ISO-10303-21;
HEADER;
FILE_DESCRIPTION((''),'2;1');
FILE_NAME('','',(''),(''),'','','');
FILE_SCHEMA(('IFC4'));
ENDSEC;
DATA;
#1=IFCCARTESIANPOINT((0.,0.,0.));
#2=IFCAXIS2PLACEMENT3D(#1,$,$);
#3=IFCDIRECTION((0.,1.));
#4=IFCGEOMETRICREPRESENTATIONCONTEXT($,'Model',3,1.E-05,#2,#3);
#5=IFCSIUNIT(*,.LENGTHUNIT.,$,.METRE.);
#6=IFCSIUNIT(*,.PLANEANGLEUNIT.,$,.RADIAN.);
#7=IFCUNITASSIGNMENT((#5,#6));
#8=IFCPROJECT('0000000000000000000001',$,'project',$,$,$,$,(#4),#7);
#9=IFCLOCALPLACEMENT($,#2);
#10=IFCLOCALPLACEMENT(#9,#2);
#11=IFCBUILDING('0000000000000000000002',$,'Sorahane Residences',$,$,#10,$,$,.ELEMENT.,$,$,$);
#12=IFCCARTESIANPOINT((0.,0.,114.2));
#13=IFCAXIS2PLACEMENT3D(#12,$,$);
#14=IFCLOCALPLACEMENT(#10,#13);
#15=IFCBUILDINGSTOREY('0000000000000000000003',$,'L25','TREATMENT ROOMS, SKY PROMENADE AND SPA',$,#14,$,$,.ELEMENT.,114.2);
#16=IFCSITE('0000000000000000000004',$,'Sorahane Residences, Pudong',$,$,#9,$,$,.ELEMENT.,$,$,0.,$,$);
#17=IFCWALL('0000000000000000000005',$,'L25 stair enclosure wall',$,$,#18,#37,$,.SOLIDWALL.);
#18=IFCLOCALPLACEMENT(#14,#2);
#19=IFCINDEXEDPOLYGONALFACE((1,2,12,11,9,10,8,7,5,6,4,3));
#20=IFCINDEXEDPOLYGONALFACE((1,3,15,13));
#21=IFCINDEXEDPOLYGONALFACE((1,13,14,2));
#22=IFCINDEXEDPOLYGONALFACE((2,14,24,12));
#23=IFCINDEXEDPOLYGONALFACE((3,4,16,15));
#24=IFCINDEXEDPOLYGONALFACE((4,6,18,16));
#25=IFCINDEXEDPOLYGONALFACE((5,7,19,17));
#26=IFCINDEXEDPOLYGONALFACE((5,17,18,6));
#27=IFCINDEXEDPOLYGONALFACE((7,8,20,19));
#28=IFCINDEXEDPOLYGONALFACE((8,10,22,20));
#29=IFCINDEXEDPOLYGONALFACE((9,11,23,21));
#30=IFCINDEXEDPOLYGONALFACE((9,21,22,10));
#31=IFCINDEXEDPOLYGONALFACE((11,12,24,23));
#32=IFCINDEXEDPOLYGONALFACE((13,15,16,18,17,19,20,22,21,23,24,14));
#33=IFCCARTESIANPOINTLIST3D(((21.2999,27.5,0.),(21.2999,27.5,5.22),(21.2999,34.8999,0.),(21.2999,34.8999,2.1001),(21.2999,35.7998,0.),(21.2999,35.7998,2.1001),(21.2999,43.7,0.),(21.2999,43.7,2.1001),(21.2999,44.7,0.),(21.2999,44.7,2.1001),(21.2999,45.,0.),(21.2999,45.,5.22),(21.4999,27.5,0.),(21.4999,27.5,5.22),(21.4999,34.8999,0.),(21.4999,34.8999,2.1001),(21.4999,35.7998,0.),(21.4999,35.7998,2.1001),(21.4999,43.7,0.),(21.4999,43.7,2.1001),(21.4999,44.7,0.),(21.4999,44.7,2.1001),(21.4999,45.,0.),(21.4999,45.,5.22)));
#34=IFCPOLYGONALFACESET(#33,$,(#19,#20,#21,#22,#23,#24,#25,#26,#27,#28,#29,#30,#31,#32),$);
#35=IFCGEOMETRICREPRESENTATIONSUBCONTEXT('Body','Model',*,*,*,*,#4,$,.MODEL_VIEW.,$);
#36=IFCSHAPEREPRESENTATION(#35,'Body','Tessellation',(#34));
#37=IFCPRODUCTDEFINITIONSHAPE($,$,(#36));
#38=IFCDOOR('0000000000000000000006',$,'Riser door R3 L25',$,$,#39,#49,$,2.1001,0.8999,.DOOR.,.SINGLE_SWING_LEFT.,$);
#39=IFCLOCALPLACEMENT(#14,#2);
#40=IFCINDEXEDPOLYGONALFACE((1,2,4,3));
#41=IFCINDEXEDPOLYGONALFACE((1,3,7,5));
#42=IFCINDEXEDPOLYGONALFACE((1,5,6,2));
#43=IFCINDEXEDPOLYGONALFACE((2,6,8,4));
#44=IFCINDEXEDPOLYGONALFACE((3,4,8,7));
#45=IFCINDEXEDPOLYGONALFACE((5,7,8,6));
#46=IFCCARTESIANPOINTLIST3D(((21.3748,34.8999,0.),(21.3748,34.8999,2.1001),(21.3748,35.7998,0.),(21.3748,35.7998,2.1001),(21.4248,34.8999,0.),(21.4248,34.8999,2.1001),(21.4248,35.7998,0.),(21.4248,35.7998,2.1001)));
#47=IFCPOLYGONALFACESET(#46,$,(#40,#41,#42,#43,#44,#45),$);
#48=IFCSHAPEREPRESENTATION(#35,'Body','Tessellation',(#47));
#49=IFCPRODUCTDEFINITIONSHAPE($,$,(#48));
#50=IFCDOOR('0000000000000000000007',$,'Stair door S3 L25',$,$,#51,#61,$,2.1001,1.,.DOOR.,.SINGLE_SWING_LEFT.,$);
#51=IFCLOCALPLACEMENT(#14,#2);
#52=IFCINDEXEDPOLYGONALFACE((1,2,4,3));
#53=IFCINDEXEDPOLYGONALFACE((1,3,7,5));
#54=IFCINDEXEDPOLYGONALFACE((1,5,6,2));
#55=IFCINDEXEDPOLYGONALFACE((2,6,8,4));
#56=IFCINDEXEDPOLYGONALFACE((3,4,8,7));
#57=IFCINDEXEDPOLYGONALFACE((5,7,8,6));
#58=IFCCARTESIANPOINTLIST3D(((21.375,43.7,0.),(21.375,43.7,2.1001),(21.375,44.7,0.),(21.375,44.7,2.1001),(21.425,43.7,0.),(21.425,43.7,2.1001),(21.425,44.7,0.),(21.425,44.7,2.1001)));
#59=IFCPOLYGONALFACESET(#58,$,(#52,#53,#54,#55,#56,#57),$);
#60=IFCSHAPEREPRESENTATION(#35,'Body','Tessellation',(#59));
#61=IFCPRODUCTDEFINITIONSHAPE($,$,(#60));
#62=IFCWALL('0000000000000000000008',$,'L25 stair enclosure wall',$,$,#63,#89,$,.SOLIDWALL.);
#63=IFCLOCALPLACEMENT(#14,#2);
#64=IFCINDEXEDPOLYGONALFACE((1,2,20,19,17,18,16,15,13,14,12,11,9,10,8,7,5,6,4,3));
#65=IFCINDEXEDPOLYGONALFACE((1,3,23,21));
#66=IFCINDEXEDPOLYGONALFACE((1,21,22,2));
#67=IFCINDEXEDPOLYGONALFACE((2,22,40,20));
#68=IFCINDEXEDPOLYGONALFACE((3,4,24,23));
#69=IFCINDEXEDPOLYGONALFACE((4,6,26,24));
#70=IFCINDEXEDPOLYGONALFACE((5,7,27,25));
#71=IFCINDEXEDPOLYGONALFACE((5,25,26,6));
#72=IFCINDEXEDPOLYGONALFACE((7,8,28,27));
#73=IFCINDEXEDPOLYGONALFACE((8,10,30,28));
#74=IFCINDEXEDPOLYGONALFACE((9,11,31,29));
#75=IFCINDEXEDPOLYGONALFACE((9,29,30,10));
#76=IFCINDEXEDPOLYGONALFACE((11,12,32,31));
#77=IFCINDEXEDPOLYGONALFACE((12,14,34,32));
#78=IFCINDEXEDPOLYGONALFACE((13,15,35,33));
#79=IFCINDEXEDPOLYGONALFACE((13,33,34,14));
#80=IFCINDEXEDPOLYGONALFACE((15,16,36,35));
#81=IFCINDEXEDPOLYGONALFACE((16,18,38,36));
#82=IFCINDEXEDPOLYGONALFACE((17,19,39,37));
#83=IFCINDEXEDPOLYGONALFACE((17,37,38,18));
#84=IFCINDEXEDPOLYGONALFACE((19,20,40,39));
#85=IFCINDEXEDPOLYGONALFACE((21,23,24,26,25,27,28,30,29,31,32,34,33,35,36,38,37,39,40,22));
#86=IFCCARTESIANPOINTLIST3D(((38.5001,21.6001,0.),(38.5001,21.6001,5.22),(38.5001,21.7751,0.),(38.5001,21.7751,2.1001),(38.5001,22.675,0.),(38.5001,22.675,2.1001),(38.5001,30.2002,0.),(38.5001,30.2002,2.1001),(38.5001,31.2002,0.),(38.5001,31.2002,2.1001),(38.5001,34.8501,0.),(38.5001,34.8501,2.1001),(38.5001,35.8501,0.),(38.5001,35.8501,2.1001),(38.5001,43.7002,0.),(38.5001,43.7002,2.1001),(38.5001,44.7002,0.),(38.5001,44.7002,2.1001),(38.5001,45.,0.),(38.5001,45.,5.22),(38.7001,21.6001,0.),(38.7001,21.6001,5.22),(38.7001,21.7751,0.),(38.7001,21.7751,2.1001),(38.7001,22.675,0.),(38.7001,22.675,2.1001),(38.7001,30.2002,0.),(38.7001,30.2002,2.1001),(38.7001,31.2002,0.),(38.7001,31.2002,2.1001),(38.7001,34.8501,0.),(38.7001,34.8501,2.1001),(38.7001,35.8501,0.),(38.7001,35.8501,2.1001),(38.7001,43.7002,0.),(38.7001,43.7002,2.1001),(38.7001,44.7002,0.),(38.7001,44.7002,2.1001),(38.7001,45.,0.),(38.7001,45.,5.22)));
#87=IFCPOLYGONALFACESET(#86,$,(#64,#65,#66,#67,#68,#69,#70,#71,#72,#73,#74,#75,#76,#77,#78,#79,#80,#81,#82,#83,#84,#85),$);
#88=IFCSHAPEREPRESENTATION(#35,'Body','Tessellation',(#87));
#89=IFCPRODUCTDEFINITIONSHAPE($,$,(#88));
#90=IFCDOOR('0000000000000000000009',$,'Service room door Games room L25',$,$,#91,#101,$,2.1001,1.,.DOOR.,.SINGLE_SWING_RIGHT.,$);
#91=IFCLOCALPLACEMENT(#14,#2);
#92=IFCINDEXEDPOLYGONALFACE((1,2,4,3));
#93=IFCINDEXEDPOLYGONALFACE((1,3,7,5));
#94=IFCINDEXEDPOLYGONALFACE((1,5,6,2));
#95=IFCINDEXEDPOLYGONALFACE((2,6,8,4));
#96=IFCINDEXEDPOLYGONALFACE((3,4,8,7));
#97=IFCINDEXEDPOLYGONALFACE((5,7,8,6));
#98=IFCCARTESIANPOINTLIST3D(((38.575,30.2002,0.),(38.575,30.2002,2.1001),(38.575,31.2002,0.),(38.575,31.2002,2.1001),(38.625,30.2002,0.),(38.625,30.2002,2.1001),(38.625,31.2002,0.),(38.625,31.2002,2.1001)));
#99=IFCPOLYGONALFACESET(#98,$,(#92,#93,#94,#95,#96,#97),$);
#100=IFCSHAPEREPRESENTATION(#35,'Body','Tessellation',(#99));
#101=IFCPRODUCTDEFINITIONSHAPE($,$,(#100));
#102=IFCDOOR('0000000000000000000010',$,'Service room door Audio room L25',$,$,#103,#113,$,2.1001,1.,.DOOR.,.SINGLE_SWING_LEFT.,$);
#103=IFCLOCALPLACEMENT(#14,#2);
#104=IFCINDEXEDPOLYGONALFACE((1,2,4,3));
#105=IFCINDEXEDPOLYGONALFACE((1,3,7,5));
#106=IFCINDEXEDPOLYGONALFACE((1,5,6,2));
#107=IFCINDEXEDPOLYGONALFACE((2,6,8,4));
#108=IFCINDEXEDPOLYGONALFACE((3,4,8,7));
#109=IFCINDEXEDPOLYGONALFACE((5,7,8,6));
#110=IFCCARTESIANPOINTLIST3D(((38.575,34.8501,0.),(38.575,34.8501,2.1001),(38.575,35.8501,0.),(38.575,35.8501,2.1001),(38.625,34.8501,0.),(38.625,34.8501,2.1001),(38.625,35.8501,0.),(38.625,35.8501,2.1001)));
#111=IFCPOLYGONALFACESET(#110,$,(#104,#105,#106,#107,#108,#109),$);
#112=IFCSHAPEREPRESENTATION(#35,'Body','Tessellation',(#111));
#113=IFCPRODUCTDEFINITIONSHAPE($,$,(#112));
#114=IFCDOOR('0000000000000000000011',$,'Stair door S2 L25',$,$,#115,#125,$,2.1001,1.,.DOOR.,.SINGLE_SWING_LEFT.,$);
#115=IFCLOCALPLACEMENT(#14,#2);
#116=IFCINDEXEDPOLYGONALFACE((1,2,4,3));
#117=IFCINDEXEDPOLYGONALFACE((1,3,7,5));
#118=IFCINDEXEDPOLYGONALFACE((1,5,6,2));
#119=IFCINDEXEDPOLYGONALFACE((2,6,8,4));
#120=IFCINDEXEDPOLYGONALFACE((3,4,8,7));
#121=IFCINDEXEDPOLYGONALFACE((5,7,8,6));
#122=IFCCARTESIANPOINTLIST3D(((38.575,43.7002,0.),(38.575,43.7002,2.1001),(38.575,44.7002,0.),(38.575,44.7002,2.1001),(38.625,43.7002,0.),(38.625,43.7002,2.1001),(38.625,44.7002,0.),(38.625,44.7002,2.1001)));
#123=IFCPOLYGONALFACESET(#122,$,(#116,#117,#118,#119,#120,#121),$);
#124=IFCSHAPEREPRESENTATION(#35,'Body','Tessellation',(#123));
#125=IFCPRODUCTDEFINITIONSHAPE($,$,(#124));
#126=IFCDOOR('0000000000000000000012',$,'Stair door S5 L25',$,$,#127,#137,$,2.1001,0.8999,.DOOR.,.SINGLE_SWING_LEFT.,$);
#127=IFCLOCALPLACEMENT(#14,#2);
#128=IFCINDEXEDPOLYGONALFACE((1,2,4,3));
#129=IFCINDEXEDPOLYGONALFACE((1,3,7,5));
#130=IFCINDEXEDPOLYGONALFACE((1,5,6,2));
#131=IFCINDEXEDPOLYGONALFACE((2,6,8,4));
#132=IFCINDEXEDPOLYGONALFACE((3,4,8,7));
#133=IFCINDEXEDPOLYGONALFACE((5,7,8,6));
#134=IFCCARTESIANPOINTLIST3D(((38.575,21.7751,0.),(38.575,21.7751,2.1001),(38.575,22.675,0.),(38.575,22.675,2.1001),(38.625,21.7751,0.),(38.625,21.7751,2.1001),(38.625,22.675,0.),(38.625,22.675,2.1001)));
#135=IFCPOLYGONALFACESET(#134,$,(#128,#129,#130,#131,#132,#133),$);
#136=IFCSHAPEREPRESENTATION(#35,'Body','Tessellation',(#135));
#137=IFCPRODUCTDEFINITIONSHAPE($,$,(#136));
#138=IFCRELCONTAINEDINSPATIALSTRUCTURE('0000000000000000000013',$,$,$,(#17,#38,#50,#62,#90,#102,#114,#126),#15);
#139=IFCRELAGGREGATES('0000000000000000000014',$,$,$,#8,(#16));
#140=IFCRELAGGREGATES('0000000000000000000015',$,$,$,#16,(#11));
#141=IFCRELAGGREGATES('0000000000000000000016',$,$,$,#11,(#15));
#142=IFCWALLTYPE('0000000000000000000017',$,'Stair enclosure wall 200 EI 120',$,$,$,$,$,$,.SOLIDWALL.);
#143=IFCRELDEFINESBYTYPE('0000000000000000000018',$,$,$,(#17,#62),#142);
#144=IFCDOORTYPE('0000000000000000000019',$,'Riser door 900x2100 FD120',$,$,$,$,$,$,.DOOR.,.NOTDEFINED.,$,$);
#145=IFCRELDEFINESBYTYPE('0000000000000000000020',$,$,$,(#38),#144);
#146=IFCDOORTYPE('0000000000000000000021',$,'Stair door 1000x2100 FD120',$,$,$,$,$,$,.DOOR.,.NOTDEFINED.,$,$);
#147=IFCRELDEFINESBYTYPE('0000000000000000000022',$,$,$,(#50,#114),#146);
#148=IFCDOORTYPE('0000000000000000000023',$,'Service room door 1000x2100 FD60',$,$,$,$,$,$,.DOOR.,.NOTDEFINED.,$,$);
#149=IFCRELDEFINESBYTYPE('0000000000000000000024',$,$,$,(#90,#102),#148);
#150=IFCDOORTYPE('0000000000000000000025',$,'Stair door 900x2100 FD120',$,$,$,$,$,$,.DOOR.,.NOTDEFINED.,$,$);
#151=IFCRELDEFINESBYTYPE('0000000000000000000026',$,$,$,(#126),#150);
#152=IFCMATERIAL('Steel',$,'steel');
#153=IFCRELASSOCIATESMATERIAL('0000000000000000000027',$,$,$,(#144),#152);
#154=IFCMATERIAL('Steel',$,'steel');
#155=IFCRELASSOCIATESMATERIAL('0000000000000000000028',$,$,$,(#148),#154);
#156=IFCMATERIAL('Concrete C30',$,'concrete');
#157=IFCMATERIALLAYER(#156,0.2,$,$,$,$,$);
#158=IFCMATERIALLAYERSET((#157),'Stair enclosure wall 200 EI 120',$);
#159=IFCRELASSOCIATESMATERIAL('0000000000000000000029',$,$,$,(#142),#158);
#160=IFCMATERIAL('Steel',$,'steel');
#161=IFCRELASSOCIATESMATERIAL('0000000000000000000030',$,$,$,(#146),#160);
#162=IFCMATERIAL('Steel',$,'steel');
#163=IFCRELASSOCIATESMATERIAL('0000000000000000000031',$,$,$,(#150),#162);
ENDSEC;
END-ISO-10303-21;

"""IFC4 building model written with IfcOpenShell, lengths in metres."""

from ifc_helpers import new_model, si_unit, direction, frame, frame_2d, origin, place, context, subcontext, project, spatial, rectangle, extrude, material, layer, layer_set, type_object, element, fill, save


model = new_model("IFC4")

# Units and contexts
model_context = context("Model", 3, precision=1e-05, world=origin(), true_north=direction((0.0, 1.0)))
body_context = subcontext(model_context, "Body", "Model", "MODEL_VIEW")
ifc_project = project(units=[si_unit("LENGTHUNIT", "METRE"), si_unit("PLANEANGLEUNIT", "RADIAN")], contexts=[model_context])

# Site, building, storey
site_placement = place(None, origin())
site = spatial("IfcSite", under=ifc_project, at=site_placement, Name="Sorahane Residences, Pudong", CompositionType="ELEMENT", RefElevation=0.0)
building_placement = place(site_placement, origin())
building = spatial("IfcBuilding", under=site, at=building_placement, Name="Sorahane Residences", CompositionType="ELEMENT")
storey_placement = place(building_placement, frame((0.0, 0.0, 114.2)))
storey = spatial("IfcBuildingStorey", under=building, at=storey_placement, Name="L25", Description="TREATMENT ROOMS, SKY PROMENADE AND SPA", CompositionType="ELEMENT", Elevation=114.2)

# Shared definitions
ifc_material_1 = material(Name="Steel", Category="steel")
door_type_1 = type_object("IfcDoorType", Name="Riser door 900x2100 FD120", OperationType="NOTDEFINED", PredefinedType="DOOR", material=ifc_material_1)
ifc_material_2 = material(Name="Steel", Category="steel")
door_type_2 = type_object("IfcDoorType", Name="Service room door 1000x2100 FD60", OperationType="NOTDEFINED", PredefinedType="DOOR", material=ifc_material_2)

# Walls, openings, doors
ifc_material_3 = material(Name="Concrete C30", Category="concrete")
ifc_layer_1 = layer(ifc_material_3, 0.2)
ifc_layer_set_1 = layer_set([ifc_layer_1], Name="Stair enclosure wall 200 EI 120")
wall_type_1 = type_object("IfcWallType", Name="Stair enclosure wall 200 EI 120", PredefinedType="SOLIDWALL", material=ifc_layer_set_1)
wall_1_placement = place(storey_placement, frame((21.3999, 27.5, 0.0), z_axis=(0.0, 0.0, 1.0), x_axis=(0.0, 1.0, 0.0)))
wall_1 = element("IfcWall", 1, at=wall_1_placement, inside=storey, type_object=wall_type_1, Name="L25 stair enclosure wall", PredefinedType="SOLIDWALL", context=body_context, shape_type="SweptSolid", body=[
    extrude(rectangle(XDim=17.5, YDim=0.2, at=frame_2d((8.75, 0.0))), origin(), (0.0, 0.0, 1.0), 5.22),
])
opening_1_placement = place(wall_1_placement, frame((16.2, 0.0, 0.0)))
opening_1 = element("IfcOpeningElement", 2, at=opening_1_placement, cuts=wall_1, PredefinedType="OPENING", context=body_context, shape_type="SweptSolid", body=[
    extrude(rectangle(XDim=1.0, YDim=2.1001, at=frame_2d((0.5, 1.05))), frame((0.0, 0.1099, 0.0), z_axis=(0.0, -1.0, 0.0), x_axis=(1.0, 0.0, 0.0)), (0.0, 0.0, 1.0), 0.22),
])
opening_2_placement = place(wall_1_placement, frame((7.3999, 0.0, 0.0)))
opening_2 = element("IfcOpeningElement", 3, at=opening_2_placement, cuts=wall_1, PredefinedType="OPENING", context=body_context, shape_type="SweptSolid", body=[
    extrude(rectangle(XDim=0.8999, YDim=2.1001, at=frame_2d((0.45, 1.05))), frame((0.0, 0.1099, 0.0), z_axis=(0.0, -1.0, 0.0), x_axis=(1.0, 0.0, 0.0)), (0.0, 0.0, 1.0), 0.22),
])
door_1_placement = place(opening_2_placement, frame((0.8999, 0.0, 0.0), z_axis=(0.0, 0.0, 1.0), x_axis=(-1.0, 0.0, 0.0)))
door_1 = element("IfcDoor", 4, at=door_1_placement, inside=storey, type_object=door_type_1, Name="Riser door R3 L25", OperationType="SINGLE_SWING_LEFT", OverallHeight=2.1001, OverallWidth=0.8999, PredefinedType="DOOR", context=body_context, shape_type="SweptSolid", body=[
    extrude(rectangle(XDim=0.8999, YDim=2.1001, at=frame_2d((0.45, 1.05))), frame((0.0, 0.0249, 0.0), z_axis=(0.0, -1.0, 0.0), x_axis=(1.0, 0.0, 0.0)), (0.0, 0.0, 1.0), 0.05),
])
fill(opening_2, door_1)
ifc_material_4 = material(Name="Steel", Category="steel")
door_type_3 = type_object("IfcDoorType", Name="Stair door 1000x2100 FD120", OperationType="NOTDEFINED", PredefinedType="DOOR", material=ifc_material_4)
door_2_placement = place(opening_1_placement, origin())
door_2 = element("IfcDoor", 5, at=door_2_placement, inside=storey, type_object=door_type_3, Name="Stair door S3 L25", OperationType="SINGLE_SWING_LEFT", OverallHeight=2.1001, OverallWidth=1.0, PredefinedType="DOOR", context=body_context, shape_type="SweptSolid", body=[
    extrude(rectangle(XDim=1.0, YDim=2.1001, at=frame_2d((0.5, 1.05))), frame((0.0, 0.0249, 0.0), z_axis=(0.0, -1.0, 0.0), x_axis=(1.0, 0.0, 0.0)), (0.0, 0.0, 1.0), 0.05),
])
fill(opening_1, door_2)
wall_2_placement = place(storey_placement, frame((38.6001, 21.6001, 0.0), z_axis=(0.0, 0.0, 1.0), x_axis=(0.0, 1.0, 0.0)))
wall_2 = element("IfcWall", 6, at=wall_2_placement, inside=storey, type_object=wall_type_1, Name="L25 stair enclosure wall", PredefinedType="SOLIDWALL", context=body_context, shape_type="SweptSolid", body=[
    extrude(rectangle(XDim=23.3999, YDim=0.2, at=frame_2d((11.7, 0.0))), origin(), (0.0, 0.0, 1.0), 5.22),
])
opening_3_placement = place(wall_2_placement, frame((8.6001, 0.0, 0.0)))
opening_3 = element("IfcOpeningElement", 7, at=opening_3_placement, cuts=wall_2, PredefinedType="OPENING", context=body_context, shape_type="SweptSolid", body=[
    extrude(rectangle(XDim=1.0, YDim=2.1001, at=frame_2d((0.5, 1.05))), frame((0.0, 0.1099, 0.0), z_axis=(0.0, -1.0, 0.0), x_axis=(1.0, 0.0, 0.0)), (0.0, 0.0, 1.0), 0.22),
])
opening_4_placement = place(wall_2_placement, frame((13.25, 0.0, 0.0)))
opening_4 = element("IfcOpeningElement", 8, at=opening_4_placement, cuts=wall_2, PredefinedType="OPENING", context=body_context, shape_type="SweptSolid", body=[
    extrude(rectangle(XDim=1.0, YDim=2.1001, at=frame_2d((0.5, 1.05))), frame((0.0, 0.1099, 0.0), z_axis=(0.0, -1.0, 0.0), x_axis=(1.0, 0.0, 0.0)), (0.0, 0.0, 1.0), 0.22),
])
opening_5_placement = place(wall_2_placement, frame((22.1001, 0.0, 0.0)))
opening_5 = element("IfcOpeningElement", 9, at=opening_5_placement, cuts=wall_2, PredefinedType="OPENING", context=body_context, shape_type="SweptSolid", body=[
    extrude(rectangle(XDim=1.0, YDim=2.1001, at=frame_2d((0.5, 1.05))), frame((0.0, 0.1099, 0.0), z_axis=(0.0, -1.0, 0.0), x_axis=(1.0, 0.0, 0.0)), (0.0, 0.0, 1.0), 0.22),
])
opening_6_placement = place(wall_2_placement, frame((0.175, 0.0, 0.0)))
opening_6 = element("IfcOpeningElement", 10, at=opening_6_placement, cuts=wall_2, PredefinedType="OPENING", context=body_context, shape_type="SweptSolid", body=[
    extrude(rectangle(XDim=0.8999, YDim=2.1001, at=frame_2d((0.45, 1.05))), frame((0.0, 0.1099, 0.0), z_axis=(0.0, -1.0, 0.0), x_axis=(1.0, 0.0, 0.0)), (0.0, 0.0, 1.0), 0.22),
])
door_3_placement = place(opening_3_placement, frame((1.0, 0.0, 0.0), z_axis=(0.0, 0.0, 1.0), x_axis=(-1.0, 0.0, 0.0)))
door_3 = element("IfcDoor", 11, at=door_3_placement, inside=storey, type_object=door_type_2, Name="Service room door Games room L25", OperationType="SINGLE_SWING_RIGHT", OverallHeight=2.1001, OverallWidth=1.0, PredefinedType="DOOR", context=body_context, shape_type="SweptSolid", body=[
    extrude(rectangle(XDim=1.0, YDim=2.1001, at=frame_2d((0.5, 1.05))), frame((0.0, 0.0249, 0.0), z_axis=(0.0, -1.0, 0.0), x_axis=(1.0, 0.0, 0.0)), (0.0, 0.0, 1.0), 0.05),
])
fill(opening_3, door_3)
door_4_placement = place(opening_4_placement, frame((1.0, 0.0, 0.0), z_axis=(0.0, 0.0, 1.0), x_axis=(-1.0, 0.0, 0.0)))
door_4 = element("IfcDoor", 12, at=door_4_placement, inside=storey, type_object=door_type_2, Name="Service room door Audio room L25", OperationType="SINGLE_SWING_LEFT", OverallHeight=2.1001, OverallWidth=1.0, PredefinedType="DOOR", context=body_context, shape_type="SweptSolid", body=[
    extrude(rectangle(XDim=1.0, YDim=2.1001, at=frame_2d((0.5, 1.05))), frame((0.0, 0.0249, 0.0), z_axis=(0.0, -1.0, 0.0), x_axis=(1.0, 0.0, 0.0)), (0.0, 0.0, 1.0), 0.05),
])
fill(opening_4, door_4)
door_5_placement = place(opening_5_placement, frame((1.0, 0.0, 0.0), z_axis=(0.0, 0.0, 1.0), x_axis=(-1.0, 0.0, 0.0)))
door_5 = element("IfcDoor", 13, at=door_5_placement, inside=storey, type_object=door_type_3, Name="Stair door S2 L25", OperationType="SINGLE_SWING_LEFT", OverallHeight=2.1001, OverallWidth=1.0, PredefinedType="DOOR", context=body_context, shape_type="SweptSolid", body=[
    extrude(rectangle(XDim=1.0, YDim=2.1001, at=frame_2d((0.5, 1.05))), frame((0.0, 0.0249, 0.0), z_axis=(0.0, -1.0, 0.0), x_axis=(1.0, 0.0, 0.0)), (0.0, 0.0, 1.0), 0.05),
])
fill(opening_5, door_5)
ifc_material_5 = material(Name="Steel", Category="steel")
door_type_4 = type_object("IfcDoorType", Name="Stair door 900x2100 FD120", OperationType="NOTDEFINED", PredefinedType="DOOR", material=ifc_material_5)
door_6_placement = place(opening_6_placement, frame((0.8999, 0.0, 0.0), z_axis=(0.0, 0.0, 1.0), x_axis=(-1.0, 0.0, 0.0)))
door_6 = element("IfcDoor", 14, at=door_6_placement, inside=storey, type_object=door_type_4, Name="Stair door S5 L25", OperationType="SINGLE_SWING_LEFT", OverallHeight=2.1001, OverallWidth=0.8999, PredefinedType="DOOR", context=body_context, shape_type="SweptSolid", body=[
    extrude(rectangle(XDim=0.8999, YDim=2.1001, at=frame_2d((0.45, 1.05))), frame((0.0, 0.0249, 0.0), z_axis=(0.0, -1.0, 0.0), x_axis=(1.0, 0.0, 0.0)), (0.0, 0.0, 1.0), 0.05),
])
fill(opening_6, door_6)

save(model, "model.ifc")
